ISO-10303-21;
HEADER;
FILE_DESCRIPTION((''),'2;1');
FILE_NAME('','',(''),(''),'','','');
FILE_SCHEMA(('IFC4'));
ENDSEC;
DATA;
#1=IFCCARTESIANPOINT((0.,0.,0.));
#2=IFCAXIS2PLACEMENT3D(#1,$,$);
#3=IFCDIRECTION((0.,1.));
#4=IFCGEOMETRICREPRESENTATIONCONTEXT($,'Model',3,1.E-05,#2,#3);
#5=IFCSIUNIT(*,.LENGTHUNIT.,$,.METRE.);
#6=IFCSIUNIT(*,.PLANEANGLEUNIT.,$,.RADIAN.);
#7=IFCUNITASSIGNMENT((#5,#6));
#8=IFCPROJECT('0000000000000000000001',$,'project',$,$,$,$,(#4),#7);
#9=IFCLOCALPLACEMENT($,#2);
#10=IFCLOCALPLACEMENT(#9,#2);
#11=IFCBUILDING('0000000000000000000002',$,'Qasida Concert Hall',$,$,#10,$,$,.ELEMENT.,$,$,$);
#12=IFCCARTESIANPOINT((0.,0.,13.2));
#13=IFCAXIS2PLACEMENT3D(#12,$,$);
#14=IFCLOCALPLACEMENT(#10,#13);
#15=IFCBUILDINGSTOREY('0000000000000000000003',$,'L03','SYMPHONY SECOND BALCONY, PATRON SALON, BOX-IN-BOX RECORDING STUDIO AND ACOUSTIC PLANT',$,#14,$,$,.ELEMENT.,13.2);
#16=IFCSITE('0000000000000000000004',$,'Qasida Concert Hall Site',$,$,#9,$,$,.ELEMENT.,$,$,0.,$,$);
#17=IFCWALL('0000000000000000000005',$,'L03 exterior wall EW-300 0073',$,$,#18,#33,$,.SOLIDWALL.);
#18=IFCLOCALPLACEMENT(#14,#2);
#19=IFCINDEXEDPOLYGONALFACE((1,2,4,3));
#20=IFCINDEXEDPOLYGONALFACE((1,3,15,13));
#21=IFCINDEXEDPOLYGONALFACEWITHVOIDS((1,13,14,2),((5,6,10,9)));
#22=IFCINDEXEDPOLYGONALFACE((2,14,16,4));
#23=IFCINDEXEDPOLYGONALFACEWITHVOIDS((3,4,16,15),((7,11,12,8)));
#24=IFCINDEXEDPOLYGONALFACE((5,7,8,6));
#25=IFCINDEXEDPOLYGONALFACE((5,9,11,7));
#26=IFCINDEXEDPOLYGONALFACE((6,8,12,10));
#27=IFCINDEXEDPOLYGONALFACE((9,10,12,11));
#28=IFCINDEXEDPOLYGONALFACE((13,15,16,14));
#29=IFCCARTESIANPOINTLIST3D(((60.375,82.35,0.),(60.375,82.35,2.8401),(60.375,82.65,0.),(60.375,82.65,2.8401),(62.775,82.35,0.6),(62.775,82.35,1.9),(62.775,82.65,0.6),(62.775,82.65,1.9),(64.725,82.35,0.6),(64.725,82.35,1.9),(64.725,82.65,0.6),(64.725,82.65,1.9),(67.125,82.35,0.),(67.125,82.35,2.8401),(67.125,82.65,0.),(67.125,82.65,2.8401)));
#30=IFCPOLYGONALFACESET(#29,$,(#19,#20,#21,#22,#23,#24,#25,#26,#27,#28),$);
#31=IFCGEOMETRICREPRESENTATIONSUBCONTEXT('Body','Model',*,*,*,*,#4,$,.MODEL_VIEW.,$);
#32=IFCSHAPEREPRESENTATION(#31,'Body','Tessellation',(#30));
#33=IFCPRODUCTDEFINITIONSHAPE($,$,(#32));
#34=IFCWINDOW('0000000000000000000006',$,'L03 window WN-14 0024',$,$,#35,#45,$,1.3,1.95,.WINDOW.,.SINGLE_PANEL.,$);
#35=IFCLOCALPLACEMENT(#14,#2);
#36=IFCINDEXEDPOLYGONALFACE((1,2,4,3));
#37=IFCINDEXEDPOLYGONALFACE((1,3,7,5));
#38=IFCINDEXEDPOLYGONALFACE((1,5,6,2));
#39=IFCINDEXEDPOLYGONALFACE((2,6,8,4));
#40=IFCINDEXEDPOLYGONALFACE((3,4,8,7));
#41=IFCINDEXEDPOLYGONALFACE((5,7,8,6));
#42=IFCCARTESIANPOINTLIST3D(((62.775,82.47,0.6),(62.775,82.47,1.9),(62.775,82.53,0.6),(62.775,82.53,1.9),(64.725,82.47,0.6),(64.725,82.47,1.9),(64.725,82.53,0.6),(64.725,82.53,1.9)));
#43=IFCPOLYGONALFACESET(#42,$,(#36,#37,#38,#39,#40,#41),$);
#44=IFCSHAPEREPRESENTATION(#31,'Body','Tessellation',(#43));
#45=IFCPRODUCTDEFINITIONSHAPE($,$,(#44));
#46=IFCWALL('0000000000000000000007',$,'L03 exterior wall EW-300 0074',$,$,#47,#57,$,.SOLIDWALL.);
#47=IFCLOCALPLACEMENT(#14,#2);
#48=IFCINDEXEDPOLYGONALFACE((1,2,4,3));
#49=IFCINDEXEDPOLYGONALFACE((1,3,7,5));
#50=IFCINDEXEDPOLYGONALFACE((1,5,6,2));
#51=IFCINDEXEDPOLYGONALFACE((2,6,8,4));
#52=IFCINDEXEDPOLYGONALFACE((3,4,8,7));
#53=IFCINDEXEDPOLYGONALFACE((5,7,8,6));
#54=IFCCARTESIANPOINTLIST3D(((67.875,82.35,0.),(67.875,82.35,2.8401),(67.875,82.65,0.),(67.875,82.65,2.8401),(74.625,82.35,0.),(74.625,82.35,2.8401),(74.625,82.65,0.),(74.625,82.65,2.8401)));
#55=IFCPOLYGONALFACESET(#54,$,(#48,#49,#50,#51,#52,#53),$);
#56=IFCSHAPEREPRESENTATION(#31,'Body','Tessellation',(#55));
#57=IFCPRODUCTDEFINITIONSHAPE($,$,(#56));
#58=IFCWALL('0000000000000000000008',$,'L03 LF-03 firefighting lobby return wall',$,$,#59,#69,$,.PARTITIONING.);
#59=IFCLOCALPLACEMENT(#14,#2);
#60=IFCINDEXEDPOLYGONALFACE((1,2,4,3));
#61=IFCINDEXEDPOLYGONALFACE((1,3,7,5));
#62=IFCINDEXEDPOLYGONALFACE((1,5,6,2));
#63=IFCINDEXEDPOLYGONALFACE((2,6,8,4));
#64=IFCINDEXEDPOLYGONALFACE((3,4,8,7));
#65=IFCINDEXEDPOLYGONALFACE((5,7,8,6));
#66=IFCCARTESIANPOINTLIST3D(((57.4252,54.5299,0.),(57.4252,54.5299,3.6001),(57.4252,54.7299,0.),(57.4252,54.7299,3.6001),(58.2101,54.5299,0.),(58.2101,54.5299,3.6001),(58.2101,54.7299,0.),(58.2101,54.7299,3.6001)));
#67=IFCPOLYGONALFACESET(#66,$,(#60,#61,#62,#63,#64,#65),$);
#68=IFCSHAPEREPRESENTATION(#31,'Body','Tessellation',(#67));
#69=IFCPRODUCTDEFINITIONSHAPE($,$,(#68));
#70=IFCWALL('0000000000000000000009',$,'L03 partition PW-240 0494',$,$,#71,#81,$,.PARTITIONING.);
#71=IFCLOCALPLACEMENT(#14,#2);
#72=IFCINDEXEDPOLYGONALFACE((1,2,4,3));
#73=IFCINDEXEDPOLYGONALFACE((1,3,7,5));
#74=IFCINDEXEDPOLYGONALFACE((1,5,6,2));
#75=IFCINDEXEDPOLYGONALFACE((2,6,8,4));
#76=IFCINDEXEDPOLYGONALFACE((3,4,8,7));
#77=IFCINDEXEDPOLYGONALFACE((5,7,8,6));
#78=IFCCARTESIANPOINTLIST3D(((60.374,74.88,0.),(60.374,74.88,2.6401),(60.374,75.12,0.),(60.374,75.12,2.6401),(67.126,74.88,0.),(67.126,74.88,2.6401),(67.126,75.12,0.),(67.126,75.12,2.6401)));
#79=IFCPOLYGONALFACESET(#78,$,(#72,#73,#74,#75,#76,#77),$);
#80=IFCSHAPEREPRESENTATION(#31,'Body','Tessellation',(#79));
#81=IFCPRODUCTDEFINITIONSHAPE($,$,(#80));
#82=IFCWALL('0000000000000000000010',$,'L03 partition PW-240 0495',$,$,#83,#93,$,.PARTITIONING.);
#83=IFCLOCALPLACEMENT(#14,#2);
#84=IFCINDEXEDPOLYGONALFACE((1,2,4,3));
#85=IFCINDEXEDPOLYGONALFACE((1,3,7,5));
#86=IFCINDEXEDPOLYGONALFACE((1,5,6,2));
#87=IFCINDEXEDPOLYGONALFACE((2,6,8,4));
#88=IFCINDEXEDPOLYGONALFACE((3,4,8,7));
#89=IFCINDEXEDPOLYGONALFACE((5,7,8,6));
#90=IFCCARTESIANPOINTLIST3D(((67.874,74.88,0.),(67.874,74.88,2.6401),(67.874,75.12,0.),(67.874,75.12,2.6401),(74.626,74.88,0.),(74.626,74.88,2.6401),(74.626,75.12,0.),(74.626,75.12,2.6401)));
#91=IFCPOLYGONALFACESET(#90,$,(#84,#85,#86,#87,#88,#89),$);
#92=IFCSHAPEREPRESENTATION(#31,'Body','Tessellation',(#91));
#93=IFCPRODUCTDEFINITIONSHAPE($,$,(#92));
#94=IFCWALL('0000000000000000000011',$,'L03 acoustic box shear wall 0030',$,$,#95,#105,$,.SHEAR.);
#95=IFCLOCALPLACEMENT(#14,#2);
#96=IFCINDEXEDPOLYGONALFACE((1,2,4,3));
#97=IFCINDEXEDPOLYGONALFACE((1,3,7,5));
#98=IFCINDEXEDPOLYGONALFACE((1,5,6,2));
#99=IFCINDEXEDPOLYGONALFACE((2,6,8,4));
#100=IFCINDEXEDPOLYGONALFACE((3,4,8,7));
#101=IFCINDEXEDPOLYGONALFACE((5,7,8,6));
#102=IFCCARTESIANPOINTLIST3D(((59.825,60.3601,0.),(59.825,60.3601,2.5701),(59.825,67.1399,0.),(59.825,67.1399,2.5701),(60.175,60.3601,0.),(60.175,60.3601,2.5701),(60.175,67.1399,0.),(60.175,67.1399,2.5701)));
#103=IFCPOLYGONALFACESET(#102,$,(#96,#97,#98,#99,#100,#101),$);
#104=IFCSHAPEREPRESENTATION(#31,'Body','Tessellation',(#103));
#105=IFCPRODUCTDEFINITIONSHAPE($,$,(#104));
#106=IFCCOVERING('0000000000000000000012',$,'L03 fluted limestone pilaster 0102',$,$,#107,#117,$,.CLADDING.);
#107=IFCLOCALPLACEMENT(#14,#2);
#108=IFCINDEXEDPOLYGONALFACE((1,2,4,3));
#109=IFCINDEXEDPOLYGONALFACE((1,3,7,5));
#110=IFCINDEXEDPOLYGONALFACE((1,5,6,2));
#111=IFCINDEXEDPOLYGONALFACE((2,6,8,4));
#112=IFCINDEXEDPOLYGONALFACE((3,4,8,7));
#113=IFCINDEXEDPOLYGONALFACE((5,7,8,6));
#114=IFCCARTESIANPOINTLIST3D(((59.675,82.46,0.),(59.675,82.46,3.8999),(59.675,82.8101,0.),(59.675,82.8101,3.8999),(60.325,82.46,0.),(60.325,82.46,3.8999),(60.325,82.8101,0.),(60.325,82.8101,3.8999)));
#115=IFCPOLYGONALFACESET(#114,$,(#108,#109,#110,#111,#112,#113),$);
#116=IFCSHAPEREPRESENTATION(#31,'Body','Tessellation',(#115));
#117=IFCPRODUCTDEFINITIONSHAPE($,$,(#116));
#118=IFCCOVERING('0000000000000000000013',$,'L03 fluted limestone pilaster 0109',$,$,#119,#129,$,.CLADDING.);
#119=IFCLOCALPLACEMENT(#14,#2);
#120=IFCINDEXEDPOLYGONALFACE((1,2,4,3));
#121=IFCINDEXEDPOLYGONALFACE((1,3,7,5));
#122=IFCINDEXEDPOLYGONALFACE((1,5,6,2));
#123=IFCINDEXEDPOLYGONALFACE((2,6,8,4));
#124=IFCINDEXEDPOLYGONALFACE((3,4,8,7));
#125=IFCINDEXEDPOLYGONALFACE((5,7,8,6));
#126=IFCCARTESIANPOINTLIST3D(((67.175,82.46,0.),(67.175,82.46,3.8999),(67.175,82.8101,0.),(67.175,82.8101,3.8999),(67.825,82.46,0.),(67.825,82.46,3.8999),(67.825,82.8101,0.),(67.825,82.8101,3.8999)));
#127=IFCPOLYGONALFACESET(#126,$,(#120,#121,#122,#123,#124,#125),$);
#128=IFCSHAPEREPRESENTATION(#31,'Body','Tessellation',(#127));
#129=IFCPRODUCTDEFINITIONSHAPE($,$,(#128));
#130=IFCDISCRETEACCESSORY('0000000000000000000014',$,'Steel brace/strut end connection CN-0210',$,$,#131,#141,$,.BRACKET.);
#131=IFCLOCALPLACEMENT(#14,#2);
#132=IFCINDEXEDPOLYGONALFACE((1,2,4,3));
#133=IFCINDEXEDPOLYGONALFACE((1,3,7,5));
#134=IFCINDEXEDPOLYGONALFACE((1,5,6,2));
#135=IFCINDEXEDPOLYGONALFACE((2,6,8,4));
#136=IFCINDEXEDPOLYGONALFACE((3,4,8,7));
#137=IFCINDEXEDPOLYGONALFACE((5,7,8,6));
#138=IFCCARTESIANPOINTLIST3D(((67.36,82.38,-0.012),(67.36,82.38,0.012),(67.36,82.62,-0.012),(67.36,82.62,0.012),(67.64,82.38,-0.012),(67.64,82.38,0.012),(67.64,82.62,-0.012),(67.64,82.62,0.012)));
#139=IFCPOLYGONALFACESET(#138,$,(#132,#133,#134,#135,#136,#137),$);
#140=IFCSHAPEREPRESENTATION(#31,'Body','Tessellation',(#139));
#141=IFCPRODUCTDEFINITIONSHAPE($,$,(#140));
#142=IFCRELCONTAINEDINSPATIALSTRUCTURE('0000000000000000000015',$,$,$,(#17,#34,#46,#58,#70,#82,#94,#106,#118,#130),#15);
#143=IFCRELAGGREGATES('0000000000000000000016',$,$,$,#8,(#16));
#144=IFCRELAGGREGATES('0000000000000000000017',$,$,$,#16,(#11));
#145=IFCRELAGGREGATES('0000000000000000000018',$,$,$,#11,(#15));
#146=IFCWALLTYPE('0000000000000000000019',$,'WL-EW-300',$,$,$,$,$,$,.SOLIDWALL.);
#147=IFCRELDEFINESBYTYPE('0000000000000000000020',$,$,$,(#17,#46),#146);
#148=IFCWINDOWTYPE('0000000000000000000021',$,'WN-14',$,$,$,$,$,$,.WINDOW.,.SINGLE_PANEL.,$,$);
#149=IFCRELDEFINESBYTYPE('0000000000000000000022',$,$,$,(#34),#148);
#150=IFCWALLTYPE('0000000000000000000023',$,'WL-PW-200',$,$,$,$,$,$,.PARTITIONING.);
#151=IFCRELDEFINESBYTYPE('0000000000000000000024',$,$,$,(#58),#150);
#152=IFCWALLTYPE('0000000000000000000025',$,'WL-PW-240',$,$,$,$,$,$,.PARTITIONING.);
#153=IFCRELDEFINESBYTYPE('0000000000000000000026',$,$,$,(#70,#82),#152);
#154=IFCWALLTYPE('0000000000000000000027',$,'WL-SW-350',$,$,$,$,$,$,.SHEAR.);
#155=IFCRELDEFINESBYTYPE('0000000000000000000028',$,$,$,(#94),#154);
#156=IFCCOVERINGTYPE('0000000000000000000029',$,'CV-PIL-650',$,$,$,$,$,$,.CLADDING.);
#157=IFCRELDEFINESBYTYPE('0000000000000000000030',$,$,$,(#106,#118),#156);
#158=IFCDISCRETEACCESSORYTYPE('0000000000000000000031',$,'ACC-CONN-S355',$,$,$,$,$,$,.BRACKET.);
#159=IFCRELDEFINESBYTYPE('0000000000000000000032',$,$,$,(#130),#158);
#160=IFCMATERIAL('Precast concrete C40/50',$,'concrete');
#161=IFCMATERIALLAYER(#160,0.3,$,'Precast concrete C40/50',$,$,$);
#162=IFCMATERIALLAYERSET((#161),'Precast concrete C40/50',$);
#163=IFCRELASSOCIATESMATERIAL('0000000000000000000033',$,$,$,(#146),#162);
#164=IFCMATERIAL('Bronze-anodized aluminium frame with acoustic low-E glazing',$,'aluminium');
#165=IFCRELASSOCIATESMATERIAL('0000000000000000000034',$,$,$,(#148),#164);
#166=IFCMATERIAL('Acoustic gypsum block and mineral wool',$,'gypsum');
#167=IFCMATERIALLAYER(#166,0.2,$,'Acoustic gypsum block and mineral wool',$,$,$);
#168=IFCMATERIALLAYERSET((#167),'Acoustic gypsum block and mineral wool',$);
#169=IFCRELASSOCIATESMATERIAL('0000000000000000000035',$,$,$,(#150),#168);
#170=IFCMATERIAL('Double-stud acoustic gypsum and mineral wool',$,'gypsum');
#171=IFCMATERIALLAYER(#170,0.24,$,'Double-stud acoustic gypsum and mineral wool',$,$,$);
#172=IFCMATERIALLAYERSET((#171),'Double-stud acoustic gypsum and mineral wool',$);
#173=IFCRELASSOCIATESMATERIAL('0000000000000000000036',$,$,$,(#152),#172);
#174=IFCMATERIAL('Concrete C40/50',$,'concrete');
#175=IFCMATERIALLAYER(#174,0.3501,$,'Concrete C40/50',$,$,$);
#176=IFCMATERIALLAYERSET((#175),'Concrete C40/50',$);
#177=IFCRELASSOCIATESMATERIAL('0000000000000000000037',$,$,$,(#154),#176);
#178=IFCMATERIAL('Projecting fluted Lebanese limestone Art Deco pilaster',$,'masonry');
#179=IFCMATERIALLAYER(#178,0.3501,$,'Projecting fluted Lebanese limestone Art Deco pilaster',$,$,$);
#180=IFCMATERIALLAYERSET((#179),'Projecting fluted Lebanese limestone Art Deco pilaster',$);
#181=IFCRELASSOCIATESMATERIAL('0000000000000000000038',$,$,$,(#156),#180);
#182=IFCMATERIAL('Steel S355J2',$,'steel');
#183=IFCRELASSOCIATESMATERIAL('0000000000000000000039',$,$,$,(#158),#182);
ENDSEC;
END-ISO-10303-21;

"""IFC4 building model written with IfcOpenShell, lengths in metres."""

from ifc_helpers import new_model, si_unit, direction, frame, frame_2d, origin, origin_2d, place, context, subcontext, project, spatial, rectangle, extrude, material, layer, layer_set, type_object, element, fill, save


model = new_model("IFC4")

# Units and contexts
model_context = context("Model", 3, precision=1e-05, world=origin(), true_north=direction((0.0, 1.0)))
body_context = subcontext(model_context, "Body", "Model", "MODEL_VIEW")
ifc_project = project(units=[si_unit("LENGTHUNIT", "METRE"), si_unit("PLANEANGLEUNIT", "RADIAN")], contexts=[model_context])

# Site, building, storey
site_placement = place(None, origin())
site = spatial("IfcSite", under=ifc_project, at=site_placement, Name="Qasida Concert Hall Site", CompositionType="ELEMENT", RefElevation=0.0)
building_placement = place(site_placement, origin())
building = spatial("IfcBuilding", under=site, at=building_placement, Name="Qasida Concert Hall", CompositionType="ELEMENT")
storey_placement = place(building_placement, frame((0.0, 0.0, 13.2)))
storey = spatial("IfcBuildingStorey", under=building, at=storey_placement, Name="L03", Description="SYMPHONY SECOND BALCONY, PATRON SALON, BOX-IN-BOX RECORDING STUDIO AND ACOUSTIC PLANT", CompositionType="ELEMENT", Elevation=13.2)

# Shared definitions
ifc_material_1 = material(Name="Concrete C40/50", Category="concrete")
ifc_material_2 = material(Name="Steel S355J2", Category="steel")

# Wall, opening, window
ifc_material_3 = material(Name="Precast concrete C40/50", Category="concrete")
ifc_layer_1 = layer(ifc_material_3, 0.3, Name="Precast concrete C40/50")
ifc_layer_set_1 = layer_set([ifc_layer_1], Name="Precast concrete C40/50")
wall_type_1 = type_object("IfcWallType", Name="WL-EW-300", PredefinedType="SOLIDWALL", material=ifc_layer_set_1)
wall_1_placement = place(storey_placement, frame((60.375, 82.5, 0.0), z_axis=(0.0, 0.0, 1.0), x_axis=(1.0, 0.0, 0.0)))
wall_1 = element("IfcWall", 1, at=wall_1_placement, inside=storey, type_object=wall_type_1, Name="L03 exterior wall EW-300 0073", PredefinedType="SOLIDWALL", context=body_context, shape_type="SweptSolid", body=[
    extrude(rectangle(XDim=6.75, YDim=0.3, at=frame_2d((3.375, 0.0))), origin(), (0.0, 0.0, 1.0), 2.8401),
])
opening_1_placement = place(wall_1_placement, frame((2.3999, 0.0, 0.6001)))
opening_1 = element("IfcOpeningElement", 2, at=opening_1_placement, cuts=wall_1, PredefinedType="OPENING", context=body_context, shape_type="SweptSolid", body=[
    extrude(rectangle(XDim=1.95, YDim=1.3, at=frame_2d((0.9751, 0.6499))), frame((0.0, 0.1599, 0.0), z_axis=(0.0, -1.0, 0.0), x_axis=(1.0, 0.0, 0.0)), (0.0, 0.0, 1.0), 0.3201),
])
ifc_material_4 = material(Name="Bronze-anodized aluminium frame with acoustic low-E glazing", Category="aluminium")
window_type = type_object("IfcWindowType", Name="WN-14", PartitioningType="SINGLE_PANEL", PredefinedType="WINDOW", material=ifc_material_4)
window_placement = place(opening_1_placement, origin())
window = element("IfcWindow", 3, at=window_placement, inside=storey, type_object=window_type, Name="L03 window WN-14 0024", OverallHeight=1.3, OverallWidth=1.95, PartitioningType="SINGLE_PANEL", PredefinedType="WINDOW", context=body_context, shape_type="SweptSolid", body=[
    extrude(rectangle(XDim=1.95, YDim=1.3, at=frame_2d((0.9751, 0.6499))), frame((0.0, 0.03, 0.0), z_axis=(0.0, -1.0, 0.0), x_axis=(1.0, 0.0, 0.0)), (0.0, 0.0, 1.0), 0.0601),
])
fill(opening_1, window)

# Walls
wall_2_placement = place(storey_placement, frame((67.875, 82.5, 0.0), z_axis=(0.0, 0.0, 1.0), x_axis=(1.0, 0.0, 0.0)))
element("IfcWall", 4, at=wall_2_placement, inside=storey, type_object=wall_type_1, Name="L03 exterior wall EW-300 0074", PredefinedType="SOLIDWALL", context=body_context, shape_type="SweptSolid", body=[
    extrude(rectangle(XDim=6.75, YDim=0.3, at=frame_2d((3.375, 0.0))), origin(), (0.0, 0.0, 1.0), 2.8401),
])
ifc_material_5 = material(Name="Acoustic gypsum block and mineral wool", Category="gypsum")
ifc_layer_2 = layer(ifc_material_5, 0.2, Name="Acoustic gypsum block and mineral wool")
ifc_layer_set_2 = layer_set([ifc_layer_2], Name="Acoustic gypsum block and mineral wool")
wall_type_2 = type_object("IfcWallType", Name="WL-PW-200", PredefinedType="PARTITIONING", material=ifc_layer_set_2)
wall_3_placement = place(storey_placement, frame((57.425, 54.6299, 0.0), z_axis=(0.0, 0.0, 1.0), x_axis=(1.0, 0.0, 0.0)))
element("IfcWall", 5, at=wall_3_placement, inside=storey, type_object=wall_type_2, Name="L03 LF-03 firefighting lobby return wall", PredefinedType="PARTITIONING", context=body_context, shape_type="SweptSolid", body=[
    extrude(rectangle(XDim=0.7849, YDim=0.2, at=frame_2d((0.3926, 0.0))), origin(), (0.0, 0.0, 1.0), 3.6001),
])

# Walls
ifc_material_6 = material(Name="Double-stud acoustic gypsum and mineral wool", Category="gypsum")
ifc_layer_3 = layer(ifc_material_6, 0.24, Name="Double-stud acoustic gypsum and mineral wool")
ifc_layer_set_3 = layer_set([ifc_layer_3], Name="Double-stud acoustic gypsum and mineral wool")
wall_type_3 = type_object("IfcWallType", Name="WL-PW-240", PredefinedType="PARTITIONING", material=ifc_layer_set_3)
for number, where, z_axis, x_axis, name in (
    (6, (60.374, 75.0, 0.0), (0.0, 0.0, 1.0), (1.0, 0.0, 0.0), "L03 partition PW-240 0494"),
    (7, (67.874, 75.0, 0.0), (0.0, 0.0, 1.0), (1.0, 0.0, 0.0), "L03 partition PW-240 0495"),
):
    element("IfcWall", number, at=place(storey_placement, frame(where, z_axis=z_axis, x_axis=x_axis)), inside=storey, type_object=wall_type_3, Name=name, PredefinedType="PARTITIONING", context=body_context, shape_type="SweptSolid", body=[
        extrude(rectangle(XDim=6.752, YDim=0.24, at=frame_2d((3.376, 0.0))), origin(), (0.0, 0.0, 1.0), 2.6401),
    ])
ifc_layer_4 = layer(ifc_material_1, 0.3501, Name="Concrete C40/50")
ifc_layer_set_4 = layer_set([ifc_layer_4], Name="Concrete C40/50")
wall_type_4 = type_object("IfcWallType", Name="WL-SW-350", PredefinedType="SHEAR", material=ifc_layer_set_4)
wall_4_placement = place(storey_placement, frame((60.0, 60.3601, 0.0), z_axis=(0.0, 0.0, 1.0), x_axis=(0.0, 1.0, 0.0)))
element("IfcWall", 8, at=wall_4_placement, inside=storey, type_object=wall_type_4, Name="L03 acoustic box shear wall 0030", PredefinedType="SHEAR", context=body_context, shape_type="SweptSolid", body=[
    extrude(rectangle(XDim=6.7798, YDim=0.3501, at=frame_2d((3.3899, 0.0))), origin(), (0.0, 0.0, 1.0), 2.5701),
])

# Coverings
ifc_material_7 = material(Name="Projecting fluted Lebanese limestone Art Deco pilaster", Category="masonry")
ifc_layer_5 = layer(ifc_material_7, 0.3501, Name="Projecting fluted Lebanese limestone Art Deco pilaster")
ifc_layer_set_5 = layer_set([ifc_layer_5], Name="Projecting fluted Lebanese limestone Art Deco pilaster")
covering_type = type_object("IfcCoveringType", Name="CV-PIL-650", PredefinedType="CLADDING", material=ifc_layer_set_5)
for number, where, z_axis, x_axis, name in (
    (9, (60.0, 82.635, 0.0), (0.0, 0.0, 1.0), (1.0, 0.0, 0.0), "L03 fluted limestone pilaster 0102"),
    (10, (67.5, 82.635, 0.0), (0.0, 0.0, 1.0), (1.0, 0.0, 0.0), "L03 fluted limestone pilaster 0109"),
):
    element("IfcCovering", number, at=place(storey_placement, frame(where, z_axis=z_axis, x_axis=x_axis)), inside=storey, type_object=covering_type, Name=name, PredefinedType="CLADDING", context=body_context, shape_type="SweptSolid", body=[
        extrude(rectangle(XDim=0.6499, YDim=0.3501, at=origin_2d()), origin(), (0.0, 0.0, 1.0), 3.8999),
    ])

# Discrete accessory
discrete_accessory_type = type_object("IfcDiscreteAccessoryType", Name="ACC-CONN-S355", PredefinedType="BRACKET", material=ifc_material_2)
discrete_accessory_placement = place(storey_placement, frame((67.5, 82.5, -0.012), z_axis=(0.0, 0.0, 1.0), x_axis=(1.0, 0.0, 0.0)))
element("IfcDiscreteAccessory", 11, at=discrete_accessory_placement, inside=storey, type_object=discrete_accessory_type, Name="Steel brace/strut end connection CN-0210", PredefinedType="BRACKET", context=body_context, shape_type="SweptSolid", body=[
    extrude(rectangle(XDim=0.28, YDim=0.24, at=origin_2d()), origin(), (0.0, 0.0, 1.0), 0.0239),
])

save(model, "model.ifc")
